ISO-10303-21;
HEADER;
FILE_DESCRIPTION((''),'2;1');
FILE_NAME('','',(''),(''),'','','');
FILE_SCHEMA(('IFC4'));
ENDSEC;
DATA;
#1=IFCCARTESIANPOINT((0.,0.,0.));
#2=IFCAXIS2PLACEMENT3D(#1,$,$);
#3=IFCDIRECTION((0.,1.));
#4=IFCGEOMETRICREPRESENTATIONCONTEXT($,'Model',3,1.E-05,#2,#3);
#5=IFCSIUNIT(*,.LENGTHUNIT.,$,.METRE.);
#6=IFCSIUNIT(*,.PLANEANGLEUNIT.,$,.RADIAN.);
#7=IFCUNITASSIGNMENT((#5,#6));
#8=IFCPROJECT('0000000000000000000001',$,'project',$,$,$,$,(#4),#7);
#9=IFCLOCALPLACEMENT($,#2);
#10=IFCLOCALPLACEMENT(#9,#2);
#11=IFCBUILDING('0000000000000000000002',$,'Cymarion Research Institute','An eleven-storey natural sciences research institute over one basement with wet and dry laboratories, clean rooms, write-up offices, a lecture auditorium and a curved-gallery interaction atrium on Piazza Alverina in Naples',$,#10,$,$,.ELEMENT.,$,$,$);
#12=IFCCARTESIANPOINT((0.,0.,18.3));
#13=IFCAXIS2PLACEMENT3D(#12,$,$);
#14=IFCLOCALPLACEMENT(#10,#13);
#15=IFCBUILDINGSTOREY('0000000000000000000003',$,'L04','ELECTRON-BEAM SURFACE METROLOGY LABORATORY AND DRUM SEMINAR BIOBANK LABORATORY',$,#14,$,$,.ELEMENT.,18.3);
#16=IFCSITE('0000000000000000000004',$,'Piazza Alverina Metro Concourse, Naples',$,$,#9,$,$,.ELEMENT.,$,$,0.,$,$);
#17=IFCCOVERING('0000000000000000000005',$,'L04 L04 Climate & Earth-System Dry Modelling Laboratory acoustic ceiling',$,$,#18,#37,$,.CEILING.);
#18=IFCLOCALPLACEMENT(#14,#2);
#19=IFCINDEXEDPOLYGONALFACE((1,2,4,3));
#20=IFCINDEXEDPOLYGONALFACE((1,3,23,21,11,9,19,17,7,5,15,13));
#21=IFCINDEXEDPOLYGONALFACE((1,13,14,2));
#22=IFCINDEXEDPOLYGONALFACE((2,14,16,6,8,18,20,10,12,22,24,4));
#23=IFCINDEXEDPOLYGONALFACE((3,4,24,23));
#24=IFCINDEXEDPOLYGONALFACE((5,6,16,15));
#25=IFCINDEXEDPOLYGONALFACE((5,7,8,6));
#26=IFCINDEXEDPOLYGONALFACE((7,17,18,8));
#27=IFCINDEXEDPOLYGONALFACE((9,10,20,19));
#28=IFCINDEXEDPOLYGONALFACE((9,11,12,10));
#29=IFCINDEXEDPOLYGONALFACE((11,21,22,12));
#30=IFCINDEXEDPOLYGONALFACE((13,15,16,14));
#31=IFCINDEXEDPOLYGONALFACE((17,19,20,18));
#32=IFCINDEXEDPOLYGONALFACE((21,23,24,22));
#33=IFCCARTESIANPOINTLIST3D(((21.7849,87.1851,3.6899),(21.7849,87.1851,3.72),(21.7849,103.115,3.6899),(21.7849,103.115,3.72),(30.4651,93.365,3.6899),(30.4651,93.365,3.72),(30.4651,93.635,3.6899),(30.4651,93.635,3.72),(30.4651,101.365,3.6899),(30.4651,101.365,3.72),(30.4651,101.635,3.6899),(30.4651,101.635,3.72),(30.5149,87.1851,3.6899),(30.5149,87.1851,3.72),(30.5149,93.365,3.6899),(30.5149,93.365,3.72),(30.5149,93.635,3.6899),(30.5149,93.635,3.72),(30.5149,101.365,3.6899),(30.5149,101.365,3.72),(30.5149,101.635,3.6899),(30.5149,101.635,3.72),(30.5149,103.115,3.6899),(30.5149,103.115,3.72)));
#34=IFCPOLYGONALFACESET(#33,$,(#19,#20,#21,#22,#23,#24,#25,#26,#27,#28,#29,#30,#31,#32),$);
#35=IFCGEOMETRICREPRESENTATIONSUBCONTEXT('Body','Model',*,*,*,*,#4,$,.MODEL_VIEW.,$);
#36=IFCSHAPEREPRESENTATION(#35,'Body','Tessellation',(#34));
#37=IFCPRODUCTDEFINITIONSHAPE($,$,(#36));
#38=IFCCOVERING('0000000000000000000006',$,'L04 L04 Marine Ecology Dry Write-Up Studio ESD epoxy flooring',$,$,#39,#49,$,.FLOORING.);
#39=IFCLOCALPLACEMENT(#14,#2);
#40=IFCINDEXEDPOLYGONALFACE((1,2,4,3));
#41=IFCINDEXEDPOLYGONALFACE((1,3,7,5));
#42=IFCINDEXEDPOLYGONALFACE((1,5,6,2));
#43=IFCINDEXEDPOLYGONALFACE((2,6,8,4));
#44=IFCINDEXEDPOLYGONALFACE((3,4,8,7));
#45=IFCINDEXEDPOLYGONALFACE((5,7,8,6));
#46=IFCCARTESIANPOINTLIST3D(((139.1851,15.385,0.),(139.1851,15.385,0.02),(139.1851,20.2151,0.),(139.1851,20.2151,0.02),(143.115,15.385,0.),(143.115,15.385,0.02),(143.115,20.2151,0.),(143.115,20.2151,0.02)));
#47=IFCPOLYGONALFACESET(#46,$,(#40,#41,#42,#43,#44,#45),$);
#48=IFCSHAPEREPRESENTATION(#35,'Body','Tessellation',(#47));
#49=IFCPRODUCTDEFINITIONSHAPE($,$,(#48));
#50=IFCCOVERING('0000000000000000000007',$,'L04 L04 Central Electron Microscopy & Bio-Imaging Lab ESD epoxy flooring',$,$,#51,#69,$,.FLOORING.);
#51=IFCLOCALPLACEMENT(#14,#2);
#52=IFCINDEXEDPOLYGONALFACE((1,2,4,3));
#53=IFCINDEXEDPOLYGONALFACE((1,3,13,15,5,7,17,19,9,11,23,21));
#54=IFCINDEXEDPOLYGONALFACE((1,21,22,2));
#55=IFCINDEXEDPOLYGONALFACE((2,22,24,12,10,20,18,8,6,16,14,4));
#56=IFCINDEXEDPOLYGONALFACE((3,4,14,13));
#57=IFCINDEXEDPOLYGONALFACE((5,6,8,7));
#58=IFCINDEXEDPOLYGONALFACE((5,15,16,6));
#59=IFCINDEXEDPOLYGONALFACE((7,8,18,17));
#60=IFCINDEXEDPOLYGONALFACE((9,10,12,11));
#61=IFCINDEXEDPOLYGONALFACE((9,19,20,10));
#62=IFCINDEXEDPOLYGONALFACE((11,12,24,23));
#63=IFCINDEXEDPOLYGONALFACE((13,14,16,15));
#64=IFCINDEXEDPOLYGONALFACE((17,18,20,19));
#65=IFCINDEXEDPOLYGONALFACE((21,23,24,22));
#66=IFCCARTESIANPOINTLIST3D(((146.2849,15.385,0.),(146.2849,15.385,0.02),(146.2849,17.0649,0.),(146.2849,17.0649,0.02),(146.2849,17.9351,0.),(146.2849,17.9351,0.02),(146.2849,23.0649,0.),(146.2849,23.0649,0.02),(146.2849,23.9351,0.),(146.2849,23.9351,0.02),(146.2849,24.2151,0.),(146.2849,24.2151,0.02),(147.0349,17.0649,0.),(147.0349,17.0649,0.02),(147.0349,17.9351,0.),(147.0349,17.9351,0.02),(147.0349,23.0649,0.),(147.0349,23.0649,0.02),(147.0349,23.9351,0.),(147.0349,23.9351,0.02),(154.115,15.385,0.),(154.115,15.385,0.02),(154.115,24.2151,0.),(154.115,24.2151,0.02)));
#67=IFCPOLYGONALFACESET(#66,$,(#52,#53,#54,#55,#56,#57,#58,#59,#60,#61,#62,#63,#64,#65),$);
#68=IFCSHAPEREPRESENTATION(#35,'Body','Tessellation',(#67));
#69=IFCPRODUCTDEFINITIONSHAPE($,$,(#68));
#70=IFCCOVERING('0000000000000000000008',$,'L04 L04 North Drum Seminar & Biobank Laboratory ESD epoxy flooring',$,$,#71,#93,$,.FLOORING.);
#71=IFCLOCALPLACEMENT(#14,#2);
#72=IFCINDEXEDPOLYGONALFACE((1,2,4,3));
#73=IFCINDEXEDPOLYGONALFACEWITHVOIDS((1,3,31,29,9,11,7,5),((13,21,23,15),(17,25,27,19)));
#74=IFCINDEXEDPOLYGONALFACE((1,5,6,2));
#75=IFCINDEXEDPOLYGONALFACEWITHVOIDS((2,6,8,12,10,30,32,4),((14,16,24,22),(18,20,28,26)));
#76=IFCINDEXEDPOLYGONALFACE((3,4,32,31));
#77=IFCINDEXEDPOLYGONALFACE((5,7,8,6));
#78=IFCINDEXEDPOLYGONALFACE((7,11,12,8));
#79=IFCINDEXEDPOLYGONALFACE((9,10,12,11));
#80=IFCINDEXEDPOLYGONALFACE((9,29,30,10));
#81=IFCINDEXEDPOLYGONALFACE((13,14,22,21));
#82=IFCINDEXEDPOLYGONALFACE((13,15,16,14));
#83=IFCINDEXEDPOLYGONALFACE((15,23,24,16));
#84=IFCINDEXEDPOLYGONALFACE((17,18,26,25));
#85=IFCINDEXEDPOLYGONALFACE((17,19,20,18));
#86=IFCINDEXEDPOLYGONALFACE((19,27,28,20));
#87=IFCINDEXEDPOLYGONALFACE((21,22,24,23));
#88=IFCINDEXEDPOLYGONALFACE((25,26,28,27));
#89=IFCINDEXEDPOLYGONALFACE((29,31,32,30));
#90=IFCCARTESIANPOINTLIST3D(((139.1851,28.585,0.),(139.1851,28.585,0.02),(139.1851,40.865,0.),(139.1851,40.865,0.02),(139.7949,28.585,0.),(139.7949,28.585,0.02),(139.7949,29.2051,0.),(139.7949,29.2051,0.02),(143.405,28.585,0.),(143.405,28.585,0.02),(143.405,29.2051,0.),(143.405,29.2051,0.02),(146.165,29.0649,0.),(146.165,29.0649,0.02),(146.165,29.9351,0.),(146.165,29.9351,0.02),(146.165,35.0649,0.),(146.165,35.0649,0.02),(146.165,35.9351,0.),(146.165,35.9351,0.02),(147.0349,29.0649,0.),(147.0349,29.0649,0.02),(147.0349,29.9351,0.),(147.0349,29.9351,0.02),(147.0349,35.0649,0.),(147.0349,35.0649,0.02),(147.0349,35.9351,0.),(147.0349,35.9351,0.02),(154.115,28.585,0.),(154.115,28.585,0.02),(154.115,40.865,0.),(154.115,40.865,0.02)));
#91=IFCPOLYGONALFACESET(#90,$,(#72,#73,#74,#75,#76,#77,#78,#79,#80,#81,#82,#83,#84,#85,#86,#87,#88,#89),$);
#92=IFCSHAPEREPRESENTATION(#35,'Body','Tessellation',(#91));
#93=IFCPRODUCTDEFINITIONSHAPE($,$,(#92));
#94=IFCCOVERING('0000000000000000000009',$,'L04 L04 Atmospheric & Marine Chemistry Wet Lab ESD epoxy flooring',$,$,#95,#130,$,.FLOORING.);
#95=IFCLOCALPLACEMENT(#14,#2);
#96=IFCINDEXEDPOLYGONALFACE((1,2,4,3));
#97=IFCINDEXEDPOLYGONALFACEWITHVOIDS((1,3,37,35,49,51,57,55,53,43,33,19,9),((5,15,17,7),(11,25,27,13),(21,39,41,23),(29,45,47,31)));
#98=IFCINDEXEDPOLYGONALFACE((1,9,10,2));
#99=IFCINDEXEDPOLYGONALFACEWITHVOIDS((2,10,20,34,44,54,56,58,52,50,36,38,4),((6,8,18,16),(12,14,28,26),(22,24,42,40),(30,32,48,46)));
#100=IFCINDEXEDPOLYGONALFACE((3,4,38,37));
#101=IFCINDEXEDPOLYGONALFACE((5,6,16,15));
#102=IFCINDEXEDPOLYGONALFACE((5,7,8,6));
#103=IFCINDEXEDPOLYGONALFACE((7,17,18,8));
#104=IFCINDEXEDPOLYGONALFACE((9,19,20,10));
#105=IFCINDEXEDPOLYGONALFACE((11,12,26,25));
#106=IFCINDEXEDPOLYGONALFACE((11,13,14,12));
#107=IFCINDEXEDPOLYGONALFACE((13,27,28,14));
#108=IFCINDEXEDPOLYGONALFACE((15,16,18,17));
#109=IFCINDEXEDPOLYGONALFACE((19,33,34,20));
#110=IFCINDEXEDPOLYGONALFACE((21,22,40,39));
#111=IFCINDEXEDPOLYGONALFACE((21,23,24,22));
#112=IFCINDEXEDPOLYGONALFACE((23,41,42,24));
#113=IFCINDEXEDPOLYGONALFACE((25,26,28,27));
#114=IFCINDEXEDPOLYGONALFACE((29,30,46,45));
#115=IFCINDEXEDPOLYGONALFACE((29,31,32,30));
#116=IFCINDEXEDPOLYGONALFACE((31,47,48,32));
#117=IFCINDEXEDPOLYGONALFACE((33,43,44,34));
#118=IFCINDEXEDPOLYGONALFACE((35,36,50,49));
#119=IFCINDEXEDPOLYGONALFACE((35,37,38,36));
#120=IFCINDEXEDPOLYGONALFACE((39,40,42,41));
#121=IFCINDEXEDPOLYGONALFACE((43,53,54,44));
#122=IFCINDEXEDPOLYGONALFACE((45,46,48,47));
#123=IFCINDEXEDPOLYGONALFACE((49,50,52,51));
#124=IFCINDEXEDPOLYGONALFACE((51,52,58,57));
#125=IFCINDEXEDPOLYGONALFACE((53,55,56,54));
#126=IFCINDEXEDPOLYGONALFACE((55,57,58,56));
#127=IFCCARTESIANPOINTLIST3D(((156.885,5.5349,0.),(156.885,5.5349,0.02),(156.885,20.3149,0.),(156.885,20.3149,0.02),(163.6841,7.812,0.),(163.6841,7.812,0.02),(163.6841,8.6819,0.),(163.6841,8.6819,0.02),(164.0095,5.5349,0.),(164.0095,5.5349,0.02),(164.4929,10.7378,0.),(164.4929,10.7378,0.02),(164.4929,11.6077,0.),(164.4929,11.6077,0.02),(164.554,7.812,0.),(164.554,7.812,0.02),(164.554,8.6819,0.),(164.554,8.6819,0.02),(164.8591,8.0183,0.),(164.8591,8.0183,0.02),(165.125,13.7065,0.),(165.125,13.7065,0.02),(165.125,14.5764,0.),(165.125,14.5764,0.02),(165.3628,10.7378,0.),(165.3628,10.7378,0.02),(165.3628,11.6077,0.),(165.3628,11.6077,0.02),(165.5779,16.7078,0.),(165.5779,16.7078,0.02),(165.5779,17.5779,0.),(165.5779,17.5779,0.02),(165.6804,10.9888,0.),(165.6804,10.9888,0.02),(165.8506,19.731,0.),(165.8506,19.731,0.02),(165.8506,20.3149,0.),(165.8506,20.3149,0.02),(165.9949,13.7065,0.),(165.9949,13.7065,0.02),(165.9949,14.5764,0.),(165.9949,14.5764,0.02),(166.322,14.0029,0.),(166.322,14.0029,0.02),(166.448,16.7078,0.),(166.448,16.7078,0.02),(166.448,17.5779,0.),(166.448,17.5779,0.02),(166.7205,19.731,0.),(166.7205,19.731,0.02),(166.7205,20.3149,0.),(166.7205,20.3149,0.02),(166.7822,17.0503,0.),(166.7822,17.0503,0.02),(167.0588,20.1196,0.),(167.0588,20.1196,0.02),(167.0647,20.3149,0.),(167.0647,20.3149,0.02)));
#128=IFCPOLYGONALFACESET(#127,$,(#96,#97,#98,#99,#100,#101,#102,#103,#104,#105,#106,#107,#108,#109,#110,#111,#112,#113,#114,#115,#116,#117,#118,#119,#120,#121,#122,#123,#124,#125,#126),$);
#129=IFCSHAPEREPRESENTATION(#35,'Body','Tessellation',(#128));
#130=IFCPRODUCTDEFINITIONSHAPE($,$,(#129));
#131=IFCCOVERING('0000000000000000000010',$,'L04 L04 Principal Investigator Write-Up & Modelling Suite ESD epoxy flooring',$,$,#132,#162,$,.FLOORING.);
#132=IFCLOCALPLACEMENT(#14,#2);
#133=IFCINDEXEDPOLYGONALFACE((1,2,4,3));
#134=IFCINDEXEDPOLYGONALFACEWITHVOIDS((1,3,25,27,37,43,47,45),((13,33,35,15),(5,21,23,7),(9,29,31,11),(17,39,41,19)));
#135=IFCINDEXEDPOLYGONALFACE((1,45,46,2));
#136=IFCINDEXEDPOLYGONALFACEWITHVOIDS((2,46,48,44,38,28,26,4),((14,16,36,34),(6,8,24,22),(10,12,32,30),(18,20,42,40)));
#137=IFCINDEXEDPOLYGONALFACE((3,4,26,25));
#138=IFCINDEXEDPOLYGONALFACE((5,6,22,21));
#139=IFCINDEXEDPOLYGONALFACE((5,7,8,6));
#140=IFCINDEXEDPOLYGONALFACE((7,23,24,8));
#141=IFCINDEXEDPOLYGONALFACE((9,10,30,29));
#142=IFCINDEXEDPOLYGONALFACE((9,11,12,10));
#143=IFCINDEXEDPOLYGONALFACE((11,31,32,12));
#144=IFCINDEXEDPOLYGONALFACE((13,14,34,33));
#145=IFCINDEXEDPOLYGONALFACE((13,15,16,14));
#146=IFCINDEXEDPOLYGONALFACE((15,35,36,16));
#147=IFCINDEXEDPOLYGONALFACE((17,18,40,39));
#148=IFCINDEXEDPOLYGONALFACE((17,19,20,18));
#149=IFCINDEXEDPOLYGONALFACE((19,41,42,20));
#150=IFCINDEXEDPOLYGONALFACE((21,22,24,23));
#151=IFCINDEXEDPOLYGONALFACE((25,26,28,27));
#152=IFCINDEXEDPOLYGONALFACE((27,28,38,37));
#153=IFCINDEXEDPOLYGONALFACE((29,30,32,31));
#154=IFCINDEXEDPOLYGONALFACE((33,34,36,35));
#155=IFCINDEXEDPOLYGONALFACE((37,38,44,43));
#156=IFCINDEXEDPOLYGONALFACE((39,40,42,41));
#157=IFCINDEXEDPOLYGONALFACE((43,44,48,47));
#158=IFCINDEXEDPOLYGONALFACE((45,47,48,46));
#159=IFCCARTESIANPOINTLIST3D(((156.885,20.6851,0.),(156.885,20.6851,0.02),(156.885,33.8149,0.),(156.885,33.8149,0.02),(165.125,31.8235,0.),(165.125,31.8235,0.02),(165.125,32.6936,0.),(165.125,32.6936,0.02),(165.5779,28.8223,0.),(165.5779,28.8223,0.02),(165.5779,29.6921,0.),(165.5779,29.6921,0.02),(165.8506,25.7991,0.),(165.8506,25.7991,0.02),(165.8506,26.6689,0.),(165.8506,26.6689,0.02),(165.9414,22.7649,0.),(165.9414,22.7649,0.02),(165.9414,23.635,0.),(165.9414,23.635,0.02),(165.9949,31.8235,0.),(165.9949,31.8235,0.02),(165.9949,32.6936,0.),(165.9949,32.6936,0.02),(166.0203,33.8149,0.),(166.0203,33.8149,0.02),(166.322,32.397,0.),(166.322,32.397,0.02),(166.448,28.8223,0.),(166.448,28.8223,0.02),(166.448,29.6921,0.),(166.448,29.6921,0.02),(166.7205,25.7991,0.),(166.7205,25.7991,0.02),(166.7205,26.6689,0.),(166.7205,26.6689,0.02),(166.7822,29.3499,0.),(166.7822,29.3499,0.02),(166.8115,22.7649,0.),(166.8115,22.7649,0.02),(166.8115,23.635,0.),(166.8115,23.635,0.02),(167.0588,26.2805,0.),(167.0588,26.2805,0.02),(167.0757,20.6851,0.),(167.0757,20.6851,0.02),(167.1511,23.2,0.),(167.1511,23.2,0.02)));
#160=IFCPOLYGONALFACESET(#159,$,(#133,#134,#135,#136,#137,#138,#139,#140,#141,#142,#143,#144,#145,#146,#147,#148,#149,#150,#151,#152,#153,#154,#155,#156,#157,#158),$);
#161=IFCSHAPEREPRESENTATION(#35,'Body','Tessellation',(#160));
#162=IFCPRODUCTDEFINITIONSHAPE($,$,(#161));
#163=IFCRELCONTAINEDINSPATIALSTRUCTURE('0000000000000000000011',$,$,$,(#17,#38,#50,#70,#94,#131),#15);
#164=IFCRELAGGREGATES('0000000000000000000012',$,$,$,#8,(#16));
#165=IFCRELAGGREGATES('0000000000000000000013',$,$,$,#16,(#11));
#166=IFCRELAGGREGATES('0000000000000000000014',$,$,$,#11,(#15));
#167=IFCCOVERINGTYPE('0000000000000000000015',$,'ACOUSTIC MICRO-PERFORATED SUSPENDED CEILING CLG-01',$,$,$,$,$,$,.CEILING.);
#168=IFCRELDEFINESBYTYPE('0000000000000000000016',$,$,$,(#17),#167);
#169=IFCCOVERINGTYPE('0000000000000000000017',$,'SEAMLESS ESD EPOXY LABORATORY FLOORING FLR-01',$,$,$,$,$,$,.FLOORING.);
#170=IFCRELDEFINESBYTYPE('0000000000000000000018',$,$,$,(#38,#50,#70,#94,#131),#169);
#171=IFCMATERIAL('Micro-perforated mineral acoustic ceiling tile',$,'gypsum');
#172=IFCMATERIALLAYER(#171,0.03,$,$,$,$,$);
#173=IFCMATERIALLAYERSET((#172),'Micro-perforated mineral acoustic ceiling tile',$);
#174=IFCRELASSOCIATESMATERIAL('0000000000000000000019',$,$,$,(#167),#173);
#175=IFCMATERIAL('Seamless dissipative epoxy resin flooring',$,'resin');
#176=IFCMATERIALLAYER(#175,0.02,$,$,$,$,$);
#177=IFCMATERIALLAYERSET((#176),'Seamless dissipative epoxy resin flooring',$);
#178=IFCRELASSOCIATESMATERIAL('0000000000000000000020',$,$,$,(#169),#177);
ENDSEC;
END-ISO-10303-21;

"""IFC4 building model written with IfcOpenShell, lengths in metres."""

from ifc_helpers import new_model, si_unit, direction, frame, origin, place, context, subcontext, project, spatial, polyline, outline, extrude, material, layer, layer_set, type_object, element, save


model = new_model("IFC4")

# Units and contexts
model_context = context("Model", 3, precision=1e-05, world=origin(), true_north=direction((0.0, 1.0)))
body_context = subcontext(model_context, "Body", "Model", "MODEL_VIEW")
ifc_project = project(units=[si_unit("LENGTHUNIT", "METRE"), si_unit("PLANEANGLEUNIT", "RADIAN")], contexts=[model_context])

# Site, building, storey
site_placement = place(None, origin())
site = spatial("IfcSite", under=ifc_project, at=site_placement, Name="Piazza Alverina Metro Concourse, Naples", CompositionType="ELEMENT", RefElevation=0.0)
building_placement = place(site_placement, origin())
building = spatial("IfcBuilding", under=site, at=building_placement, Name="Cymarion Research Institute", Description="An eleven-storey natural sciences research institute over one basement with wet and dry laboratories, clean rooms, write-up offices, a lecture auditorium and a curved-gallery interaction atrium on Piazza Alverina in Naples", CompositionType="ELEMENT")
storey_placement = place(building_placement, frame((0.0, 0.0, 18.3)))
storey = spatial("IfcBuildingStorey", under=building, at=storey_placement, Name="L04", Description="ELECTRON-BEAM SURFACE METROLOGY LABORATORY AND DRUM SEMINAR BIOBANK LABORATORY", CompositionType="ELEMENT", Elevation=18.3)

# Coverings
ifc_material_1 = material(Name="Micro-perforated mineral acoustic ceiling tile", Category="gypsum")
ifc_layer_1 = layer(ifc_material_1, 0.03)
ifc_layer_set_1 = layer_set([ifc_layer_1], Name="Micro-perforated mineral acoustic ceiling tile")
covering_type_1 = type_object("IfcCoveringType", Name="ACOUSTIC MICRO-PERFORATED SUSPENDED CEILING CLG-01", PredefinedType="CEILING", material=ifc_layer_set_1)
covering_1_placement = place(storey_placement, frame((0.0, 0.0, 3.6899)))
element("IfcCovering", 1, at=covering_1_placement, inside=storey, type_object=covering_type_1, Name="L04 L04 Climate & Earth-System Dry Modelling Laboratory acoustic ceiling", PredefinedType="CEILING", context=body_context, shape_type="SweptSolid", body=[
    extrude(outline(polyline([(30.5149, 103.115), (30.5149, 101.635), (30.4651, 101.635), (30.4651, 101.365), (30.5149, 101.365), (30.5149, 93.635), (30.4651, 93.635), (30.4651, 93.365), (30.5149, 93.365), (30.5149, 87.1851), (21.7849, 87.1851), (21.7849, 103.115), (30.5149, 103.115)])), origin(), (0.0, 0.0, 1.0), 0.03),
])
ifc_material_2 = material(Name="Seamless dissipative epoxy resin flooring", Category="resin")
ifc_layer_2 = layer(ifc_material_2, 0.02)
ifc_layer_set_2 = layer_set([ifc_layer_2], Name="Seamless dissipative epoxy resin flooring")
covering_type_2 = type_object("IfcCoveringType", Name="SEAMLESS ESD EPOXY LABORATORY FLOORING FLR-01", PredefinedType="FLOORING", material=ifc_layer_set_2)
covering_2_placement = place(storey_placement, origin())
element("IfcCovering", 2, at=covering_2_placement, inside=storey, type_object=covering_type_2, Name="L04 L04 Marine Ecology Dry Write-Up Studio ESD epoxy flooring", PredefinedType="FLOORING", context=body_context, shape_type="SweptSolid", body=[
    extrude(outline(polyline([(139.1851, 20.2151), (143.115, 20.2151), (143.115, 15.385), (139.1851, 15.385), (139.1851, 20.2151)])), origin(), (0.0, 0.0, 1.0), 0.02),
])
covering_3_placement = place(storey_placement, origin())
element("IfcCovering", 3, at=covering_3_placement, inside=storey, type_object=covering_type_2, Name="L04 L04 Central Electron Microscopy & Bio-Imaging Lab ESD epoxy flooring", PredefinedType="FLOORING", context=body_context, shape_type="SweptSolid", body=[
    extrude(outline(polyline([(146.2849, 17.0649), (147.0349, 17.0649), (147.0349, 17.9351), (146.2849, 17.9351), (146.2849, 23.0649), (147.0349, 23.0649), (147.0349, 23.9351), (146.2849, 23.9351), (146.2849, 24.2151), (154.115, 24.2151), (154.115, 15.385), (146.2849, 15.385), (146.2849, 17.0649)])), origin(), (0.0, 0.0, 1.0), 0.02),
])
covering_4_placement = place(storey_placement, origin())
element("IfcCovering", 4, at=covering_4_placement, inside=storey, type_object=covering_type_2, Name="L04 L04 North Drum Seminar & Biobank Laboratory ESD epoxy flooring", PredefinedType="FLOORING", context=body_context, shape_type="SweptSolid", body=[
    extrude(outline(polyline([(139.1851, 40.865), (154.115, 40.865), (154.115, 28.585), (143.405, 28.585), (143.405, 29.2051), (139.7949, 29.2051), (139.7949, 28.585), (139.1851, 28.585), (139.1851, 40.865)]), holes=[polyline([(146.165, 29.9351), (146.165, 29.0649), (147.0349, 29.0649), (147.0349, 29.9351), (146.165, 29.9351)]), polyline([(146.165, 35.9351), (146.165, 35.0649), (147.0349, 35.0649), (147.0349, 35.9351), (146.165, 35.9351)])]), origin(), (0.0, 0.0, 1.0), 0.02),
])
covering_5_placement = place(storey_placement, origin())
element("IfcCovering", 5, at=covering_5_placement, inside=storey, type_object=covering_type_2, Name="L04 L04 Atmospheric & Marine Chemistry Wet Lab ESD epoxy flooring", PredefinedType="FLOORING", context=body_context, shape_type="SweptSolid", body=[
    extrude(outline(polyline([(156.885, 20.3149), (165.8506, 20.3149), (165.8506, 19.731), (166.7205, 19.731), (166.7205, 20.3149), (167.0647, 20.3149), (167.0588, 20.1196), (166.7822, 17.0503), (166.322, 14.0029), (165.6804, 10.9888), (164.8591, 8.0183), (164.0095, 5.5349), (156.885, 5.5349), (156.885, 20.3149)]), holes=[polyline([(165.5779, 17.5779), (165.5779, 16.7078), (166.448, 16.7078), (166.448, 17.5779), (165.5779, 17.5779)]), polyline([(165.125, 14.5764), (165.125, 13.7065), (165.9949, 13.7065), (165.9949, 14.5764), (165.125, 14.5764)]), polyline([(164.4929, 11.6077), (164.4929, 10.7378), (165.3628, 10.7378), (165.3628, 11.6077), (164.4929, 11.6077)]), polyline([(163.6841, 8.6819), (163.6841, 7.812), (164.554, 7.812), (164.554, 8.6819), (163.6841, 8.6819)])]), origin(), (0.0, 0.0, 1.0), 0.02),
])
covering_6_placement = place(storey_placement, origin())
element("IfcCovering", 6, at=covering_6_placement, inside=storey, type_object=covering_type_2, Name="L04 L04 Principal Investigator Write-Up & Modelling Suite ESD epoxy flooring", PredefinedType="FLOORING", context=body_context, shape_type="SweptSolid", body=[
    extrude(outline(polyline([(156.885, 33.8149), (166.0203, 33.8149), (166.322, 32.397), (166.7822, 29.3499), (167.0588, 26.2805), (167.1511, 23.2), (167.0757, 20.6851), (156.885, 20.6851), (156.885, 33.8149)]), holes=[polyline([(165.9414, 23.635), (165.9414, 22.7649), (166.8115, 22.7649), (166.8115, 23.635), (165.9414, 23.635)]), polyline([(165.8506, 26.6689), (165.8506, 25.7991), (166.7205, 25.7991), (166.7205, 26.6689), (165.8506, 26.6689)]), polyline([(165.5779, 29.6921), (165.5779, 28.8223), (166.448, 28.8223), (166.448, 29.6921), (165.5779, 29.6921)]), polyline([(165.125, 32.6936), (165.125, 31.8235), (165.9949, 31.8235), (165.9949, 32.6936), (165.125, 32.6936)])]), origin(), (0.0, 0.0, 1.0), 0.02),
])

save(model, "model.ifc")
